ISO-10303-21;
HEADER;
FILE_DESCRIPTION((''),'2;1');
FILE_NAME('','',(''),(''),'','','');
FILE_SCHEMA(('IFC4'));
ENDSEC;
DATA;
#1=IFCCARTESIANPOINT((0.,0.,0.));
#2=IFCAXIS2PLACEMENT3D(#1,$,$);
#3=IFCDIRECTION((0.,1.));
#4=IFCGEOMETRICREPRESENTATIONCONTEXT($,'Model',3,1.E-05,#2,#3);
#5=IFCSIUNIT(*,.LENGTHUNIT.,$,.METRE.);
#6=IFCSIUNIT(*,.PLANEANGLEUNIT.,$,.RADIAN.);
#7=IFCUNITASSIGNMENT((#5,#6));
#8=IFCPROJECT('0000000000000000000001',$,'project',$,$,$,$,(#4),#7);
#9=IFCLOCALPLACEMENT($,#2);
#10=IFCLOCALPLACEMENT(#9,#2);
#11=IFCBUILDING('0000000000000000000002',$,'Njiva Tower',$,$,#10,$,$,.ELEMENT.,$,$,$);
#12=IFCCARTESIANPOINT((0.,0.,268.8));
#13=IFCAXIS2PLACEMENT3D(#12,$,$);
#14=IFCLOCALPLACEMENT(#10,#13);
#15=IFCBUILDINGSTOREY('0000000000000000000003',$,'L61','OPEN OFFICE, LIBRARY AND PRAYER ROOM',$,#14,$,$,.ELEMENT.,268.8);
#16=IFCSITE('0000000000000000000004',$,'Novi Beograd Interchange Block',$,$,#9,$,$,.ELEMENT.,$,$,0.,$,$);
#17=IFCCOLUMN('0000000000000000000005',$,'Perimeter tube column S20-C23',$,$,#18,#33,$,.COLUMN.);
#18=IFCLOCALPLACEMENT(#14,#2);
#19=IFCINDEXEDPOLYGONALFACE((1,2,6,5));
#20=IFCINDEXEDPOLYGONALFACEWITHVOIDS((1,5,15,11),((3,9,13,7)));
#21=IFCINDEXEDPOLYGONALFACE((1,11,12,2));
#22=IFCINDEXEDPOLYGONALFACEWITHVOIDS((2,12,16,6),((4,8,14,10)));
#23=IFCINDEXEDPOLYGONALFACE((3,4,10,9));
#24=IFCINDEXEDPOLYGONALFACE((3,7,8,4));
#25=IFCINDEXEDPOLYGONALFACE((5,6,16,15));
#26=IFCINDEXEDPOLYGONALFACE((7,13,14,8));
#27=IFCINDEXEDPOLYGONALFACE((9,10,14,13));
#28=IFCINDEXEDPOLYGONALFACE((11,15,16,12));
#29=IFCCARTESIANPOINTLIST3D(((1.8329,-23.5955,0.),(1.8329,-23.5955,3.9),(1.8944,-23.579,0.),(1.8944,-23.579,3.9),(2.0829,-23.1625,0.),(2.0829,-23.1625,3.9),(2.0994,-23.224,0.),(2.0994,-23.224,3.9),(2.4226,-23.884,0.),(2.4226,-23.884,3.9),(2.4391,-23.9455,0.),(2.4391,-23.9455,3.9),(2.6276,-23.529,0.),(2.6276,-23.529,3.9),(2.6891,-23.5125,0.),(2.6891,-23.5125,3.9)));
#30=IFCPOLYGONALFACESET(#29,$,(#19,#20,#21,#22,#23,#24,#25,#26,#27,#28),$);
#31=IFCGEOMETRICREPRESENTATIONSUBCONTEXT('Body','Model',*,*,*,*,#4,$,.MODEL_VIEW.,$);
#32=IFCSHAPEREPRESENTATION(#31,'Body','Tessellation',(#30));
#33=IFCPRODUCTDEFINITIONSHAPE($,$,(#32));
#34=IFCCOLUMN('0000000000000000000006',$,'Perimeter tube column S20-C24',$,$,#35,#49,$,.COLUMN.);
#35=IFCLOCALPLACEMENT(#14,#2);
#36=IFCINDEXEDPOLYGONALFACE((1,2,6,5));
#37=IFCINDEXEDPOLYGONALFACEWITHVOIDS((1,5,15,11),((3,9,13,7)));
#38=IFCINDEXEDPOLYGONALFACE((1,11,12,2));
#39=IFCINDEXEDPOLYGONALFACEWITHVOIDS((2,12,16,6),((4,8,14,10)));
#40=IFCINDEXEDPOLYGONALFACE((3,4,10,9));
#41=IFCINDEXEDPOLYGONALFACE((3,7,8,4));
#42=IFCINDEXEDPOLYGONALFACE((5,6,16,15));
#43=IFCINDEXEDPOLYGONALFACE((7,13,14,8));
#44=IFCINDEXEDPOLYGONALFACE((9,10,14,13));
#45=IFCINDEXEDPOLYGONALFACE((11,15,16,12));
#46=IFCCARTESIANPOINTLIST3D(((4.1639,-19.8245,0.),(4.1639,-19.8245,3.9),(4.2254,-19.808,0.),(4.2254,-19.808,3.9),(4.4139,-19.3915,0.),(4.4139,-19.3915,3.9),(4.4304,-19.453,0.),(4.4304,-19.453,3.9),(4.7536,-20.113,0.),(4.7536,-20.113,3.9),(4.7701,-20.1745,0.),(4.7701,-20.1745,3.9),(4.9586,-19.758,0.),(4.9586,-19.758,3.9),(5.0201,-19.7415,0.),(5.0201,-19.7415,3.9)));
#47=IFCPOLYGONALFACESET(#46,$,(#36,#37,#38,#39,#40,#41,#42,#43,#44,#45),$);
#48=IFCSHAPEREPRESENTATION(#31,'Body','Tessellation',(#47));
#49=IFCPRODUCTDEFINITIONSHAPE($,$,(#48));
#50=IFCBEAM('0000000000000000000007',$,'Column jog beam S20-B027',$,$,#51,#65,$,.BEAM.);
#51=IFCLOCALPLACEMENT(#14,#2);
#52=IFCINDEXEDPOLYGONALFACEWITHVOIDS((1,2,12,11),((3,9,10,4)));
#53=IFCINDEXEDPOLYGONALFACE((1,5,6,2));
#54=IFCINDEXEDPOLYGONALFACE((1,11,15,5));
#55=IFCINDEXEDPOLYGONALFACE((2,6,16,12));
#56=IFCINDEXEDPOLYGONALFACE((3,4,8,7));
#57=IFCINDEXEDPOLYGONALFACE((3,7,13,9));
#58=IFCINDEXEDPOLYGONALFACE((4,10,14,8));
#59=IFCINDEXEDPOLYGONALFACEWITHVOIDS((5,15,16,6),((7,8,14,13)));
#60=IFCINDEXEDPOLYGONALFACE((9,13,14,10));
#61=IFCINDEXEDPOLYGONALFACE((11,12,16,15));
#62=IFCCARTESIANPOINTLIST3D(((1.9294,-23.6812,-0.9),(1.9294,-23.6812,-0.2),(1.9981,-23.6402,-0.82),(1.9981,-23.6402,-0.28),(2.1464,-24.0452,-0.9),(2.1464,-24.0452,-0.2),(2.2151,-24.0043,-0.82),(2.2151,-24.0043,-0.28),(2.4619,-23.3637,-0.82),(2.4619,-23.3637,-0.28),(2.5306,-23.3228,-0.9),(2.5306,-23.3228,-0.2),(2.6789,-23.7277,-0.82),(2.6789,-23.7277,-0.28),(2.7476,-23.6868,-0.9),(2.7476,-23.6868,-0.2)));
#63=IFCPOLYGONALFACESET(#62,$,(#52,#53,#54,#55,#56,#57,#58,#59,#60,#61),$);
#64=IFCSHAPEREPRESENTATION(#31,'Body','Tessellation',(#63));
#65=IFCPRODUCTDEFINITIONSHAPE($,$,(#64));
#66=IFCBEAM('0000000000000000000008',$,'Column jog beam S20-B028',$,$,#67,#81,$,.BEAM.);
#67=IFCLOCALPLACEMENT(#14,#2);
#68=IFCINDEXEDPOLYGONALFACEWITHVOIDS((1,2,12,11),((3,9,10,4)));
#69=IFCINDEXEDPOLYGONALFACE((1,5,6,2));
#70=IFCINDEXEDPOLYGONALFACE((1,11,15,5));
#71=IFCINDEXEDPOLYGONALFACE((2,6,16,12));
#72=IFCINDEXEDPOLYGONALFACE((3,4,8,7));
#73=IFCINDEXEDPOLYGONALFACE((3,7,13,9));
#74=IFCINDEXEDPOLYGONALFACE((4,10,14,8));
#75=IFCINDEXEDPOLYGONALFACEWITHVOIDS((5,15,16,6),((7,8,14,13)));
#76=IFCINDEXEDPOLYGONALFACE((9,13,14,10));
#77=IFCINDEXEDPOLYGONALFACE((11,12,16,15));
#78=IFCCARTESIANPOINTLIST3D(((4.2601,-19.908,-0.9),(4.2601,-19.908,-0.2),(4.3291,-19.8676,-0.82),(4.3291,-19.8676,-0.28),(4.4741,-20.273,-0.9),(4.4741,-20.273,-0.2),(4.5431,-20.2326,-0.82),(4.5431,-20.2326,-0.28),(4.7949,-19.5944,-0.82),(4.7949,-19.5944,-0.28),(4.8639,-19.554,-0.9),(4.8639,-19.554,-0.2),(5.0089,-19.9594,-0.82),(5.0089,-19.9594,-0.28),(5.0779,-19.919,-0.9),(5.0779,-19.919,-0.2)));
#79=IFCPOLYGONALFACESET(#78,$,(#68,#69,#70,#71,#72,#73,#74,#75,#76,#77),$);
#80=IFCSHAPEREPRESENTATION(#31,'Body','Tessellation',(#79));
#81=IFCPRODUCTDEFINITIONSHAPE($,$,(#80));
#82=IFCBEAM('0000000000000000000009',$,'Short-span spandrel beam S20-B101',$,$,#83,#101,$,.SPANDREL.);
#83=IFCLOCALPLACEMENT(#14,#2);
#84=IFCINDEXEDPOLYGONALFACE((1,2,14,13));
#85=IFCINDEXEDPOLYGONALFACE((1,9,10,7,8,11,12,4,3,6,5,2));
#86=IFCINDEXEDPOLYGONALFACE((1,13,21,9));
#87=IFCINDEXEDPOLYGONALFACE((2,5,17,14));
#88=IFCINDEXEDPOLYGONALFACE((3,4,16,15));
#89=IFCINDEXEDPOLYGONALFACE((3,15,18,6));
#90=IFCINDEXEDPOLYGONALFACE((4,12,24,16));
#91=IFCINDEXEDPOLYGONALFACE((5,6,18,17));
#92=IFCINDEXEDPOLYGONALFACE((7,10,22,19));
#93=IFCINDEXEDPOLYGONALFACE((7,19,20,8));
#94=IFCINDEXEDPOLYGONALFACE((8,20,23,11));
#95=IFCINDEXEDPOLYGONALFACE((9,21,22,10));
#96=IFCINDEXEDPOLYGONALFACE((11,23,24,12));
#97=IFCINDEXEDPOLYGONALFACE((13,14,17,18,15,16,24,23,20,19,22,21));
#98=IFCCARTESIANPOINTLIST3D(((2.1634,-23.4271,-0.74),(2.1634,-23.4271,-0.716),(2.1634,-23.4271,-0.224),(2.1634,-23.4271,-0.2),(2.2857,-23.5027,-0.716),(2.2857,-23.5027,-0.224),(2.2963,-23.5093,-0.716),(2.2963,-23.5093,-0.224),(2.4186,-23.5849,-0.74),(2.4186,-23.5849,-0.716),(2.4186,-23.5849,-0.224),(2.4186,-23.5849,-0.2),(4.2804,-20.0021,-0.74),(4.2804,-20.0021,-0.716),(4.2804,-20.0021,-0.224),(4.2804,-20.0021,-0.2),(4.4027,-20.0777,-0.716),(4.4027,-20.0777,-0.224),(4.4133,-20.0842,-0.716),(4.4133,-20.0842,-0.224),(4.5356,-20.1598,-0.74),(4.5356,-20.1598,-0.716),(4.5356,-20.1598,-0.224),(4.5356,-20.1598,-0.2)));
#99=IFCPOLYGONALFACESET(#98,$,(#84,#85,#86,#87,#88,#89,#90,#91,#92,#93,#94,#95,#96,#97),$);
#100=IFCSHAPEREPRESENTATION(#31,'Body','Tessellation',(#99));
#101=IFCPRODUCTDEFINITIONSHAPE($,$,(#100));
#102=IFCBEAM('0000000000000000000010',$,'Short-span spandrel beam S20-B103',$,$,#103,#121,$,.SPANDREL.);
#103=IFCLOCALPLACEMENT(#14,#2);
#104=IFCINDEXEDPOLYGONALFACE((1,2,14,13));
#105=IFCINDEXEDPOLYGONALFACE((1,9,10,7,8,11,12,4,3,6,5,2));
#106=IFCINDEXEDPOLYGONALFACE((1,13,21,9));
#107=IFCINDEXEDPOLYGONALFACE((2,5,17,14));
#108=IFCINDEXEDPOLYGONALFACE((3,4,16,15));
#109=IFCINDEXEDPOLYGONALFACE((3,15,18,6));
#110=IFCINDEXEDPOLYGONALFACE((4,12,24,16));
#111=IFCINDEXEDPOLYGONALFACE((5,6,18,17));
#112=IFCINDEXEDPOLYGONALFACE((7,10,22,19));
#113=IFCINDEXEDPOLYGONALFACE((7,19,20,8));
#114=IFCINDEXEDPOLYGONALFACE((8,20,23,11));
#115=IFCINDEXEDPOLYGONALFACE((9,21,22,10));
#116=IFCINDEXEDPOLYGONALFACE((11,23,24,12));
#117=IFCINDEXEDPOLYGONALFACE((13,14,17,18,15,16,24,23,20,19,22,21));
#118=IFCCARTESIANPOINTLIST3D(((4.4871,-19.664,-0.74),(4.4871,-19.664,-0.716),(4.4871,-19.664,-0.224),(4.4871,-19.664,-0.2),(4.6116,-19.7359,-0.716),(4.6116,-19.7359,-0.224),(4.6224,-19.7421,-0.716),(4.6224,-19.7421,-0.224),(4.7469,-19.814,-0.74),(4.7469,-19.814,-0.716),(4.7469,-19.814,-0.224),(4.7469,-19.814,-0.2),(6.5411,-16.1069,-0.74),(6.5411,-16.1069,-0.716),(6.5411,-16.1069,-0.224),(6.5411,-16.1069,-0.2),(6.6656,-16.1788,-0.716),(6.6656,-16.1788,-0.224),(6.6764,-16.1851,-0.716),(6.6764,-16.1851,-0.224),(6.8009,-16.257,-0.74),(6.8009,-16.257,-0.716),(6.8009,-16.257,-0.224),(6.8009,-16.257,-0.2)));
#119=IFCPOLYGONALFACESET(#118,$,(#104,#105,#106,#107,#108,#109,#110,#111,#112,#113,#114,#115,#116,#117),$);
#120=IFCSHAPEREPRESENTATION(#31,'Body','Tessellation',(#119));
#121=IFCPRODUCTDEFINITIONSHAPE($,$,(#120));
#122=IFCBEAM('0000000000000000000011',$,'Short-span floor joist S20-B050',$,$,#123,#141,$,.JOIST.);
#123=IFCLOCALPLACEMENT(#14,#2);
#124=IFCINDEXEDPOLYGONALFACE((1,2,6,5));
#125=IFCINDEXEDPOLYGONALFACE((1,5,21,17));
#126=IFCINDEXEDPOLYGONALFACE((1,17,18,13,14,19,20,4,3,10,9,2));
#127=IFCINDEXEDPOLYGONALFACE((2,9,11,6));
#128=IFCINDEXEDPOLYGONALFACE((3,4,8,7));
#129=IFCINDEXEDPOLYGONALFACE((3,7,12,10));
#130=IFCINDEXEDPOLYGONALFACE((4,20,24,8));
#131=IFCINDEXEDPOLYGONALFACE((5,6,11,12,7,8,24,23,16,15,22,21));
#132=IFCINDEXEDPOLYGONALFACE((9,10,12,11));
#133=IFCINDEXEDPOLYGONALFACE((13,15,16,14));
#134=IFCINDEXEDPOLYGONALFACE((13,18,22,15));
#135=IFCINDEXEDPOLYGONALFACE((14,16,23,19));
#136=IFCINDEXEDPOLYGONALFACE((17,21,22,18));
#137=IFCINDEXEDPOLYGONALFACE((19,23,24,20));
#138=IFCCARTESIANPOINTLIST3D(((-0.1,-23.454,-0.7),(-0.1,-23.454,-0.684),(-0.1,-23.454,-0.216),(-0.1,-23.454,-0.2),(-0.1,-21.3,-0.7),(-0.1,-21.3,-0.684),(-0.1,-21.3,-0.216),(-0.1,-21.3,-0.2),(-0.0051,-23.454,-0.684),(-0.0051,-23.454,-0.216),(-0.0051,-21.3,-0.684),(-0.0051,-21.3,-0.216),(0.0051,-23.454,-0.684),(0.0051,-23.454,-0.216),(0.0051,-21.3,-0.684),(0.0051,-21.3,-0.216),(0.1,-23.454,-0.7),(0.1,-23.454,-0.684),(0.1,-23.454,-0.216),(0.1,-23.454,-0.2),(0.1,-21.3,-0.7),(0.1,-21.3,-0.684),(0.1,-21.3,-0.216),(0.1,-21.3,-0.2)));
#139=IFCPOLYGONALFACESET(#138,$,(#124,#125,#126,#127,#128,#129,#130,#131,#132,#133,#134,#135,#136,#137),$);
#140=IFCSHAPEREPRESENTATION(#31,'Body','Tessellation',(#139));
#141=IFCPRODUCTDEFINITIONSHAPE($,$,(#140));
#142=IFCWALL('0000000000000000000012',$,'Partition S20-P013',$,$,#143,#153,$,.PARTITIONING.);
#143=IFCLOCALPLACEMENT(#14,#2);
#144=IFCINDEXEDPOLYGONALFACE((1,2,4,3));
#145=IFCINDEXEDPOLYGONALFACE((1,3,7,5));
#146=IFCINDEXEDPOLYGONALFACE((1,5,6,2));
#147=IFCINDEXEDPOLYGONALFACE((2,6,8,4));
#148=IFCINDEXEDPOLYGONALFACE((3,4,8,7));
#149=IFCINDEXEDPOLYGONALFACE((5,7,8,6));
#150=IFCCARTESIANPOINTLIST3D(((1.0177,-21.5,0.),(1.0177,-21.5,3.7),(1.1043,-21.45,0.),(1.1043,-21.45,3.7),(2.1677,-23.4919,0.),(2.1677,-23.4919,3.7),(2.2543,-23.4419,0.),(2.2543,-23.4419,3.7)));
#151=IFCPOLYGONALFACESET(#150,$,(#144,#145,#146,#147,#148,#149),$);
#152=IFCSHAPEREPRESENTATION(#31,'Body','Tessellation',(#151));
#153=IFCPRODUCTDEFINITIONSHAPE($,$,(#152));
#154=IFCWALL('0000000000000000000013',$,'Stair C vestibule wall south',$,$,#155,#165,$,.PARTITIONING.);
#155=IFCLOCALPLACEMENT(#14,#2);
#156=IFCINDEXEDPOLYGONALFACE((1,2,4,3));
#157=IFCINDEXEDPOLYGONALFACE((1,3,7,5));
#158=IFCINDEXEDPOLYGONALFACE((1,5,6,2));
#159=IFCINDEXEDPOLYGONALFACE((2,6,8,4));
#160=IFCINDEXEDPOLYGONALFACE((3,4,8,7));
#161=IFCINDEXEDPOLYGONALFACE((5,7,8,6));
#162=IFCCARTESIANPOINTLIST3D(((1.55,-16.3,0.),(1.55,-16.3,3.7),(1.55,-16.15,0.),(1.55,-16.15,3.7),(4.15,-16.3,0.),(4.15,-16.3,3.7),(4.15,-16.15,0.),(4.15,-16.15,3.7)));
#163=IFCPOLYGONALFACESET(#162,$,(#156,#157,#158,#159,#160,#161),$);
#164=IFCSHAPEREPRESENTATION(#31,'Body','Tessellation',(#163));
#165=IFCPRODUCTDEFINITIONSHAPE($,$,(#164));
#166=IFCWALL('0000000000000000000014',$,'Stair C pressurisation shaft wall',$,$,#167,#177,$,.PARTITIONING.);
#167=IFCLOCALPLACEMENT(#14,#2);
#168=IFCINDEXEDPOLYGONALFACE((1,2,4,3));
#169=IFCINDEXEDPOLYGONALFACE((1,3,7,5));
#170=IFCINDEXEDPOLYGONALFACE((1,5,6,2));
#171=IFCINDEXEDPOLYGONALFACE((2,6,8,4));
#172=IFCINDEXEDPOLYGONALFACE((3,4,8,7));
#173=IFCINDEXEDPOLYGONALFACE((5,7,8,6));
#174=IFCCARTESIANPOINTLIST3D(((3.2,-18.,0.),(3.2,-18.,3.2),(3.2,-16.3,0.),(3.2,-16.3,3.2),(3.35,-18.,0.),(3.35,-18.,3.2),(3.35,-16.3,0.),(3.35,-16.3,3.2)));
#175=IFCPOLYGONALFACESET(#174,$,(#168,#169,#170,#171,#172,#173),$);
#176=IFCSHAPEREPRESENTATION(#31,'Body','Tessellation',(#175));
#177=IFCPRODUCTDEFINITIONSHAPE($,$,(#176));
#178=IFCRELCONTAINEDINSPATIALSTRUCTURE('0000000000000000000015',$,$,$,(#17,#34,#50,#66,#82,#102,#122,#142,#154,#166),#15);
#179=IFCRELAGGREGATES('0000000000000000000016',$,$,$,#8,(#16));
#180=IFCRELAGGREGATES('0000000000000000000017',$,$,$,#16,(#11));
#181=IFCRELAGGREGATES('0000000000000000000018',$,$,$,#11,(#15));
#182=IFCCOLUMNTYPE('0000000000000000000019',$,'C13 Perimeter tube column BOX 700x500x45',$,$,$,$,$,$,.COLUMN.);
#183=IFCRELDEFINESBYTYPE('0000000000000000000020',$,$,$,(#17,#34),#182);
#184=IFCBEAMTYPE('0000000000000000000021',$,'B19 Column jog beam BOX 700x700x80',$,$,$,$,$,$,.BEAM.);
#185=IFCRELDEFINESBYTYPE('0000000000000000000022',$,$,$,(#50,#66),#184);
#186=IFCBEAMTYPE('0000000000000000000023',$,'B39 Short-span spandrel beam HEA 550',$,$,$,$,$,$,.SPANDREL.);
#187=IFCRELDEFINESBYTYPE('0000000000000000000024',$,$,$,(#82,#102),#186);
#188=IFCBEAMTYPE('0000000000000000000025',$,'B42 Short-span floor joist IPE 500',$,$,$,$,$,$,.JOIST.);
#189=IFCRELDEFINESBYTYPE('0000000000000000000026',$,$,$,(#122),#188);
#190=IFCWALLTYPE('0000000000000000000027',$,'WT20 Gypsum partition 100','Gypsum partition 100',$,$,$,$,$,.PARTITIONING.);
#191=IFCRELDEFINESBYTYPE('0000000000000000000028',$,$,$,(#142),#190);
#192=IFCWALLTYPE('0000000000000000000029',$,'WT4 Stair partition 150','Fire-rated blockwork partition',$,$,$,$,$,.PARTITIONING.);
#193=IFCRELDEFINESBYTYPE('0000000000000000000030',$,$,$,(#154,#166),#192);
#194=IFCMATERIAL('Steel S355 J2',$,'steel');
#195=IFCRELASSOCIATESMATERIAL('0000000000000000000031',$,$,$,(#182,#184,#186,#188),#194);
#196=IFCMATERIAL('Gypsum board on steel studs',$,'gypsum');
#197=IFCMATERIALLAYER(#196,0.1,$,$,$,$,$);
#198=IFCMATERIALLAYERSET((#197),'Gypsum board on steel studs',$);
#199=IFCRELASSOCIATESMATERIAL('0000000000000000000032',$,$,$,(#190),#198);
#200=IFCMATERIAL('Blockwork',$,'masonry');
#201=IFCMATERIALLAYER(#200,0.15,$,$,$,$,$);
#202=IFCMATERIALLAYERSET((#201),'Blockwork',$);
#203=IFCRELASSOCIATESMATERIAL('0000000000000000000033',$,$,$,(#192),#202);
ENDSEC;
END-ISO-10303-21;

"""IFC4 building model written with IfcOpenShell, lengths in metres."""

from ifc_helpers import new_model, si_unit, direction, frame, frame_2d, origin, origin_2d, place, context, subcontext, project, spatial, rectangle, hollow_rectangle, i_section, extrude, material, layer, layer_set, material_profile, profile_set, type_object, element, save


model = new_model("IFC4")

# Units and contexts
model_context = context("Model", 3, precision=1e-05, world=origin(), true_north=direction((0.0, 1.0)))
body_context = subcontext(model_context, "Body", "Model", "MODEL_VIEW")
ifc_project = project(units=[si_unit("LENGTHUNIT", "METRE"), si_unit("PLANEANGLEUNIT", "RADIAN")], contexts=[model_context])

# Site, building, storey
site_placement = place(None, origin())
site = spatial("IfcSite", under=ifc_project, at=site_placement, Name="Novi Beograd Interchange Block", CompositionType="ELEMENT", RefElevation=0.0)
building_placement = place(site_placement, origin())
building = spatial("IfcBuilding", under=site, at=building_placement, Name="Njiva Tower", CompositionType="ELEMENT")
storey_placement = place(building_placement, frame((0.0, 0.0, 268.8)))
storey = spatial("IfcBuildingStorey", under=building, at=storey_placement, Name="L61", Description="OPEN OFFICE, LIBRARY AND PRAYER ROOM", CompositionType="ELEMENT", Elevation=268.8)

# Columns
ifc_material_1 = material(Name="Steel S355 J2", Category="steel")
ifc_material_profile_1 = material_profile(ifc_material_1, hollow_rectangle(XDim=0.5, YDim=0.7, WallThickness=0.045, at=origin_2d()), Name="BOX 700x500x45")
ifc_profile_set_1 = profile_set([ifc_material_profile_1], Name="Steel S355 J2")
column_type = type_object("IfcColumnType", Name="C13 Perimeter tube column BOX 700x500x45", PredefinedType="COLUMN", material=ifc_profile_set_1)
for number, where, z_axis, x_axis, name in (
    (1, (2.261, -23.554, 0.0), (0.0, 0.0, 1.0), (0.5, 0.866025, 0.0), "Perimeter tube column S20-C23"),
    (2, (4.592, -19.783, 0.0), (0.0, 0.0, 1.0), (0.5, 0.866025, 0.0), "Perimeter tube column S20-C24"),
):
    element("IfcColumn", number, at=place(storey_placement, frame(where, z_axis=z_axis, x_axis=x_axis)), inside=storey, type_object=column_type, Name=name, PredefinedType="COLUMN", context=body_context, shape_type="SweptSolid", body=[
        extrude(hollow_rectangle(XDim=0.5, YDim=0.7, WallThickness=0.045, at=origin_2d()), origin(), (0.0, 0.0, 1.0), 3.9),
    ])

# Beams
ifc_material_profile_2 = material_profile(ifc_material_1, hollow_rectangle(XDim=0.7, YDim=0.7, WallThickness=0.08, at=origin_2d()), Name="BOX 700x700x80")
ifc_profile_set_2 = profile_set([ifc_material_profile_2], Name="Steel S355 J2")
beam_type_1 = type_object("IfcBeamType", Name="B19 Column jog beam BOX 700x700x80", PredefinedType="BEAM", material=ifc_profile_set_2)
beam_1_placement = place(storey_placement, frame((2.447, -23.866, -0.55), z_axis=(-0.512065, 0.858947, 0.0), x_axis=(-0.858947, -0.512065, 0.0)))
element("IfcBeam", 3, at=beam_1_placement, inside=storey, type_object=beam_type_1, Name="Column jog beam S20-B027", PredefinedType="BEAM", context=body_context, shape_type="SweptSolid", body=[
    extrude(hollow_rectangle(XDim=0.7, YDim=0.7, WallThickness=0.08, at=origin_2d()), origin(), (0.0, 0.0, 1.0), 0.4238),
])
beam_2_placement = place(storey_placement, frame((4.776, -20.096, -0.55), z_axis=(-0.50578, 0.862662, 0.0), x_axis=(-0.862662, -0.50578, 0.0)))
element("IfcBeam", 4, at=beam_2_placement, inside=storey, type_object=beam_type_1, Name="Column jog beam S20-B028", PredefinedType="BEAM", context=body_context, shape_type="SweptSolid", body=[
    extrude(hollow_rectangle(XDim=0.7, YDim=0.7, WallThickness=0.08, at=origin_2d()), origin(), (0.0, 0.0, 1.0), 0.4231),
])
ifc_material_profile_3 = material_profile(ifc_material_1, i_section(OverallWidth=0.3, OverallDepth=0.54, WebThickness=0.0125, FlangeThickness=0.024, at=origin_2d()), Name="HEA 550")
ifc_profile_set_3 = profile_set([ifc_material_profile_3], Name="Steel S355 J2")
beam_type_2 = type_object("IfcBeamType", Name="B39 Short-span spandrel beam HEA 550", PredefinedType="SPANDREL", material=ifc_profile_set_3)
beam_3_placement = place(storey_placement, frame((2.291, -23.506, -0.47), z_axis=(0.525773, 0.850625, 0.0), x_axis=(-0.850625, 0.525773, 0.0)))
element("IfcBeam", 5, at=beam_3_placement, inside=storey, type_object=beam_type_2, Name="Short-span spandrel beam S20-B101", PredefinedType="SPANDREL", context=body_context, shape_type="SweptSolid", body=[
    extrude(i_section(OverallWidth=0.3, OverallDepth=0.54, WebThickness=0.0125, FlangeThickness=0.024, at=origin_2d()), origin(), (0.0, 0.0, 1.0), 4.0265),
])
beam_4_placement = place(storey_placement, frame((4.617, -19.739, -0.47), z_axis=(0.500067, 0.865987, 0.0), x_axis=(-0.865987, 0.500067, 0.0)))
element("IfcBeam", 6, at=beam_4_placement, inside=storey, type_object=beam_type_2, Name="Short-span spandrel beam S20-B103", PredefinedType="SPANDREL", context=body_context, shape_type="SweptSolid", body=[
    extrude(i_section(OverallWidth=0.3, OverallDepth=0.54, WebThickness=0.0125, FlangeThickness=0.024, at=origin_2d()), origin(), (0.0, 0.0, 1.0), 4.1075),
])
ifc_material_profile_4 = material_profile(ifc_material_1, i_section(OverallWidth=0.2, OverallDepth=0.5, WebThickness=0.0102, FlangeThickness=0.016, at=origin_2d()), Name="IPE 500")
ifc_profile_set_4 = profile_set([ifc_material_profile_4], Name="Steel S355 J2")
beam_type_3 = type_object("IfcBeamType", Name="B42 Short-span floor joist IPE 500", PredefinedType="JOIST", material=ifc_profile_set_4)
beam_5_placement = place(storey_placement, frame((0.0, -21.3, -0.45), z_axis=(0.0, -1.0, 0.0), x_axis=(1.0, 0.0, 0.0)))
element("IfcBeam", 7, at=beam_5_placement, inside=storey, type_object=beam_type_3, Name="Short-span floor joist S20-B050", PredefinedType="JOIST", context=body_context, shape_type="SweptSolid", body=[
    extrude(i_section(OverallWidth=0.2, OverallDepth=0.5, WebThickness=0.0102, FlangeThickness=0.016, at=origin_2d()), origin(), (0.0, 0.0, 1.0), 2.154),
])

# Walls
ifc_material_2 = material(Name="Gypsum board on steel studs", Category="gypsum")
ifc_layer_1 = layer(ifc_material_2, 0.1)
ifc_layer_set_1 = layer_set([ifc_layer_1], Name="Gypsum board on steel studs")
wall_type_1 = type_object("IfcWallType", Name="WT20 Gypsum partition 100", Description="Gypsum partition 100", PredefinedType="PARTITIONING", material=ifc_layer_set_1)
wall_1_placement = place(storey_placement, frame((1.061, -21.475, 0.0), z_axis=(0.0, 0.0, 1.0), x_axis=(0.499973, -0.866041, 0.0)))
element("IfcWall", 8, at=wall_1_placement, inside=storey, type_object=wall_type_1, Name="Partition S20-P013", PredefinedType="PARTITIONING", context=body_context, shape_type="SweptSolid", body=[
    extrude(rectangle(XDim=2.3001, YDim=0.1, at=frame_2d((1.15, 0.0))), origin(), (0.0, 0.0, 1.0), 3.7),
])
ifc_material_3 = material(Name="Blockwork", Category="masonry")
ifc_layer_2 = layer(ifc_material_3, 0.15)
ifc_layer_set_2 = layer_set([ifc_layer_2], Name="Blockwork")
wall_type_2 = type_object("IfcWallType", Name="WT4 Stair partition 150", Description="Fire-rated blockwork partition", PredefinedType="PARTITIONING", material=ifc_layer_set_2)
wall_2_placement = place(storey_placement, frame((1.55, -16.225, 0.0), z_axis=(0.0, 0.0, 1.0), x_axis=(1.0, 0.0, 0.0)))
element("IfcWall", 9, at=wall_2_placement, inside=storey, type_object=wall_type_2, Name="Stair C vestibule wall south", PredefinedType="PARTITIONING", context=body_context, shape_type="SweptSolid", body=[
    extrude(rectangle(XDim=2.6, YDim=0.15, at=frame_2d((1.3, 0.0))), origin(), (0.0, 0.0, 1.0), 3.7),
])
wall_3_placement = place(storey_placement, frame((3.275, -18.0, 0.0), z_axis=(0.0, 0.0, 1.0), x_axis=(0.0, 1.0, 0.0)))
element("IfcWall", 10, at=wall_3_placement, inside=storey, type_object=wall_type_2, Name="Stair C pressurisation shaft wall", PredefinedType="PARTITIONING", context=body_context, shape_type="SweptSolid", body=[
    extrude(rectangle(XDim=1.7, YDim=0.15, at=frame_2d((0.85, 0.0))), origin(), (0.0, 0.0, 1.0), 3.2),
])

save(model, "model.ifc")
